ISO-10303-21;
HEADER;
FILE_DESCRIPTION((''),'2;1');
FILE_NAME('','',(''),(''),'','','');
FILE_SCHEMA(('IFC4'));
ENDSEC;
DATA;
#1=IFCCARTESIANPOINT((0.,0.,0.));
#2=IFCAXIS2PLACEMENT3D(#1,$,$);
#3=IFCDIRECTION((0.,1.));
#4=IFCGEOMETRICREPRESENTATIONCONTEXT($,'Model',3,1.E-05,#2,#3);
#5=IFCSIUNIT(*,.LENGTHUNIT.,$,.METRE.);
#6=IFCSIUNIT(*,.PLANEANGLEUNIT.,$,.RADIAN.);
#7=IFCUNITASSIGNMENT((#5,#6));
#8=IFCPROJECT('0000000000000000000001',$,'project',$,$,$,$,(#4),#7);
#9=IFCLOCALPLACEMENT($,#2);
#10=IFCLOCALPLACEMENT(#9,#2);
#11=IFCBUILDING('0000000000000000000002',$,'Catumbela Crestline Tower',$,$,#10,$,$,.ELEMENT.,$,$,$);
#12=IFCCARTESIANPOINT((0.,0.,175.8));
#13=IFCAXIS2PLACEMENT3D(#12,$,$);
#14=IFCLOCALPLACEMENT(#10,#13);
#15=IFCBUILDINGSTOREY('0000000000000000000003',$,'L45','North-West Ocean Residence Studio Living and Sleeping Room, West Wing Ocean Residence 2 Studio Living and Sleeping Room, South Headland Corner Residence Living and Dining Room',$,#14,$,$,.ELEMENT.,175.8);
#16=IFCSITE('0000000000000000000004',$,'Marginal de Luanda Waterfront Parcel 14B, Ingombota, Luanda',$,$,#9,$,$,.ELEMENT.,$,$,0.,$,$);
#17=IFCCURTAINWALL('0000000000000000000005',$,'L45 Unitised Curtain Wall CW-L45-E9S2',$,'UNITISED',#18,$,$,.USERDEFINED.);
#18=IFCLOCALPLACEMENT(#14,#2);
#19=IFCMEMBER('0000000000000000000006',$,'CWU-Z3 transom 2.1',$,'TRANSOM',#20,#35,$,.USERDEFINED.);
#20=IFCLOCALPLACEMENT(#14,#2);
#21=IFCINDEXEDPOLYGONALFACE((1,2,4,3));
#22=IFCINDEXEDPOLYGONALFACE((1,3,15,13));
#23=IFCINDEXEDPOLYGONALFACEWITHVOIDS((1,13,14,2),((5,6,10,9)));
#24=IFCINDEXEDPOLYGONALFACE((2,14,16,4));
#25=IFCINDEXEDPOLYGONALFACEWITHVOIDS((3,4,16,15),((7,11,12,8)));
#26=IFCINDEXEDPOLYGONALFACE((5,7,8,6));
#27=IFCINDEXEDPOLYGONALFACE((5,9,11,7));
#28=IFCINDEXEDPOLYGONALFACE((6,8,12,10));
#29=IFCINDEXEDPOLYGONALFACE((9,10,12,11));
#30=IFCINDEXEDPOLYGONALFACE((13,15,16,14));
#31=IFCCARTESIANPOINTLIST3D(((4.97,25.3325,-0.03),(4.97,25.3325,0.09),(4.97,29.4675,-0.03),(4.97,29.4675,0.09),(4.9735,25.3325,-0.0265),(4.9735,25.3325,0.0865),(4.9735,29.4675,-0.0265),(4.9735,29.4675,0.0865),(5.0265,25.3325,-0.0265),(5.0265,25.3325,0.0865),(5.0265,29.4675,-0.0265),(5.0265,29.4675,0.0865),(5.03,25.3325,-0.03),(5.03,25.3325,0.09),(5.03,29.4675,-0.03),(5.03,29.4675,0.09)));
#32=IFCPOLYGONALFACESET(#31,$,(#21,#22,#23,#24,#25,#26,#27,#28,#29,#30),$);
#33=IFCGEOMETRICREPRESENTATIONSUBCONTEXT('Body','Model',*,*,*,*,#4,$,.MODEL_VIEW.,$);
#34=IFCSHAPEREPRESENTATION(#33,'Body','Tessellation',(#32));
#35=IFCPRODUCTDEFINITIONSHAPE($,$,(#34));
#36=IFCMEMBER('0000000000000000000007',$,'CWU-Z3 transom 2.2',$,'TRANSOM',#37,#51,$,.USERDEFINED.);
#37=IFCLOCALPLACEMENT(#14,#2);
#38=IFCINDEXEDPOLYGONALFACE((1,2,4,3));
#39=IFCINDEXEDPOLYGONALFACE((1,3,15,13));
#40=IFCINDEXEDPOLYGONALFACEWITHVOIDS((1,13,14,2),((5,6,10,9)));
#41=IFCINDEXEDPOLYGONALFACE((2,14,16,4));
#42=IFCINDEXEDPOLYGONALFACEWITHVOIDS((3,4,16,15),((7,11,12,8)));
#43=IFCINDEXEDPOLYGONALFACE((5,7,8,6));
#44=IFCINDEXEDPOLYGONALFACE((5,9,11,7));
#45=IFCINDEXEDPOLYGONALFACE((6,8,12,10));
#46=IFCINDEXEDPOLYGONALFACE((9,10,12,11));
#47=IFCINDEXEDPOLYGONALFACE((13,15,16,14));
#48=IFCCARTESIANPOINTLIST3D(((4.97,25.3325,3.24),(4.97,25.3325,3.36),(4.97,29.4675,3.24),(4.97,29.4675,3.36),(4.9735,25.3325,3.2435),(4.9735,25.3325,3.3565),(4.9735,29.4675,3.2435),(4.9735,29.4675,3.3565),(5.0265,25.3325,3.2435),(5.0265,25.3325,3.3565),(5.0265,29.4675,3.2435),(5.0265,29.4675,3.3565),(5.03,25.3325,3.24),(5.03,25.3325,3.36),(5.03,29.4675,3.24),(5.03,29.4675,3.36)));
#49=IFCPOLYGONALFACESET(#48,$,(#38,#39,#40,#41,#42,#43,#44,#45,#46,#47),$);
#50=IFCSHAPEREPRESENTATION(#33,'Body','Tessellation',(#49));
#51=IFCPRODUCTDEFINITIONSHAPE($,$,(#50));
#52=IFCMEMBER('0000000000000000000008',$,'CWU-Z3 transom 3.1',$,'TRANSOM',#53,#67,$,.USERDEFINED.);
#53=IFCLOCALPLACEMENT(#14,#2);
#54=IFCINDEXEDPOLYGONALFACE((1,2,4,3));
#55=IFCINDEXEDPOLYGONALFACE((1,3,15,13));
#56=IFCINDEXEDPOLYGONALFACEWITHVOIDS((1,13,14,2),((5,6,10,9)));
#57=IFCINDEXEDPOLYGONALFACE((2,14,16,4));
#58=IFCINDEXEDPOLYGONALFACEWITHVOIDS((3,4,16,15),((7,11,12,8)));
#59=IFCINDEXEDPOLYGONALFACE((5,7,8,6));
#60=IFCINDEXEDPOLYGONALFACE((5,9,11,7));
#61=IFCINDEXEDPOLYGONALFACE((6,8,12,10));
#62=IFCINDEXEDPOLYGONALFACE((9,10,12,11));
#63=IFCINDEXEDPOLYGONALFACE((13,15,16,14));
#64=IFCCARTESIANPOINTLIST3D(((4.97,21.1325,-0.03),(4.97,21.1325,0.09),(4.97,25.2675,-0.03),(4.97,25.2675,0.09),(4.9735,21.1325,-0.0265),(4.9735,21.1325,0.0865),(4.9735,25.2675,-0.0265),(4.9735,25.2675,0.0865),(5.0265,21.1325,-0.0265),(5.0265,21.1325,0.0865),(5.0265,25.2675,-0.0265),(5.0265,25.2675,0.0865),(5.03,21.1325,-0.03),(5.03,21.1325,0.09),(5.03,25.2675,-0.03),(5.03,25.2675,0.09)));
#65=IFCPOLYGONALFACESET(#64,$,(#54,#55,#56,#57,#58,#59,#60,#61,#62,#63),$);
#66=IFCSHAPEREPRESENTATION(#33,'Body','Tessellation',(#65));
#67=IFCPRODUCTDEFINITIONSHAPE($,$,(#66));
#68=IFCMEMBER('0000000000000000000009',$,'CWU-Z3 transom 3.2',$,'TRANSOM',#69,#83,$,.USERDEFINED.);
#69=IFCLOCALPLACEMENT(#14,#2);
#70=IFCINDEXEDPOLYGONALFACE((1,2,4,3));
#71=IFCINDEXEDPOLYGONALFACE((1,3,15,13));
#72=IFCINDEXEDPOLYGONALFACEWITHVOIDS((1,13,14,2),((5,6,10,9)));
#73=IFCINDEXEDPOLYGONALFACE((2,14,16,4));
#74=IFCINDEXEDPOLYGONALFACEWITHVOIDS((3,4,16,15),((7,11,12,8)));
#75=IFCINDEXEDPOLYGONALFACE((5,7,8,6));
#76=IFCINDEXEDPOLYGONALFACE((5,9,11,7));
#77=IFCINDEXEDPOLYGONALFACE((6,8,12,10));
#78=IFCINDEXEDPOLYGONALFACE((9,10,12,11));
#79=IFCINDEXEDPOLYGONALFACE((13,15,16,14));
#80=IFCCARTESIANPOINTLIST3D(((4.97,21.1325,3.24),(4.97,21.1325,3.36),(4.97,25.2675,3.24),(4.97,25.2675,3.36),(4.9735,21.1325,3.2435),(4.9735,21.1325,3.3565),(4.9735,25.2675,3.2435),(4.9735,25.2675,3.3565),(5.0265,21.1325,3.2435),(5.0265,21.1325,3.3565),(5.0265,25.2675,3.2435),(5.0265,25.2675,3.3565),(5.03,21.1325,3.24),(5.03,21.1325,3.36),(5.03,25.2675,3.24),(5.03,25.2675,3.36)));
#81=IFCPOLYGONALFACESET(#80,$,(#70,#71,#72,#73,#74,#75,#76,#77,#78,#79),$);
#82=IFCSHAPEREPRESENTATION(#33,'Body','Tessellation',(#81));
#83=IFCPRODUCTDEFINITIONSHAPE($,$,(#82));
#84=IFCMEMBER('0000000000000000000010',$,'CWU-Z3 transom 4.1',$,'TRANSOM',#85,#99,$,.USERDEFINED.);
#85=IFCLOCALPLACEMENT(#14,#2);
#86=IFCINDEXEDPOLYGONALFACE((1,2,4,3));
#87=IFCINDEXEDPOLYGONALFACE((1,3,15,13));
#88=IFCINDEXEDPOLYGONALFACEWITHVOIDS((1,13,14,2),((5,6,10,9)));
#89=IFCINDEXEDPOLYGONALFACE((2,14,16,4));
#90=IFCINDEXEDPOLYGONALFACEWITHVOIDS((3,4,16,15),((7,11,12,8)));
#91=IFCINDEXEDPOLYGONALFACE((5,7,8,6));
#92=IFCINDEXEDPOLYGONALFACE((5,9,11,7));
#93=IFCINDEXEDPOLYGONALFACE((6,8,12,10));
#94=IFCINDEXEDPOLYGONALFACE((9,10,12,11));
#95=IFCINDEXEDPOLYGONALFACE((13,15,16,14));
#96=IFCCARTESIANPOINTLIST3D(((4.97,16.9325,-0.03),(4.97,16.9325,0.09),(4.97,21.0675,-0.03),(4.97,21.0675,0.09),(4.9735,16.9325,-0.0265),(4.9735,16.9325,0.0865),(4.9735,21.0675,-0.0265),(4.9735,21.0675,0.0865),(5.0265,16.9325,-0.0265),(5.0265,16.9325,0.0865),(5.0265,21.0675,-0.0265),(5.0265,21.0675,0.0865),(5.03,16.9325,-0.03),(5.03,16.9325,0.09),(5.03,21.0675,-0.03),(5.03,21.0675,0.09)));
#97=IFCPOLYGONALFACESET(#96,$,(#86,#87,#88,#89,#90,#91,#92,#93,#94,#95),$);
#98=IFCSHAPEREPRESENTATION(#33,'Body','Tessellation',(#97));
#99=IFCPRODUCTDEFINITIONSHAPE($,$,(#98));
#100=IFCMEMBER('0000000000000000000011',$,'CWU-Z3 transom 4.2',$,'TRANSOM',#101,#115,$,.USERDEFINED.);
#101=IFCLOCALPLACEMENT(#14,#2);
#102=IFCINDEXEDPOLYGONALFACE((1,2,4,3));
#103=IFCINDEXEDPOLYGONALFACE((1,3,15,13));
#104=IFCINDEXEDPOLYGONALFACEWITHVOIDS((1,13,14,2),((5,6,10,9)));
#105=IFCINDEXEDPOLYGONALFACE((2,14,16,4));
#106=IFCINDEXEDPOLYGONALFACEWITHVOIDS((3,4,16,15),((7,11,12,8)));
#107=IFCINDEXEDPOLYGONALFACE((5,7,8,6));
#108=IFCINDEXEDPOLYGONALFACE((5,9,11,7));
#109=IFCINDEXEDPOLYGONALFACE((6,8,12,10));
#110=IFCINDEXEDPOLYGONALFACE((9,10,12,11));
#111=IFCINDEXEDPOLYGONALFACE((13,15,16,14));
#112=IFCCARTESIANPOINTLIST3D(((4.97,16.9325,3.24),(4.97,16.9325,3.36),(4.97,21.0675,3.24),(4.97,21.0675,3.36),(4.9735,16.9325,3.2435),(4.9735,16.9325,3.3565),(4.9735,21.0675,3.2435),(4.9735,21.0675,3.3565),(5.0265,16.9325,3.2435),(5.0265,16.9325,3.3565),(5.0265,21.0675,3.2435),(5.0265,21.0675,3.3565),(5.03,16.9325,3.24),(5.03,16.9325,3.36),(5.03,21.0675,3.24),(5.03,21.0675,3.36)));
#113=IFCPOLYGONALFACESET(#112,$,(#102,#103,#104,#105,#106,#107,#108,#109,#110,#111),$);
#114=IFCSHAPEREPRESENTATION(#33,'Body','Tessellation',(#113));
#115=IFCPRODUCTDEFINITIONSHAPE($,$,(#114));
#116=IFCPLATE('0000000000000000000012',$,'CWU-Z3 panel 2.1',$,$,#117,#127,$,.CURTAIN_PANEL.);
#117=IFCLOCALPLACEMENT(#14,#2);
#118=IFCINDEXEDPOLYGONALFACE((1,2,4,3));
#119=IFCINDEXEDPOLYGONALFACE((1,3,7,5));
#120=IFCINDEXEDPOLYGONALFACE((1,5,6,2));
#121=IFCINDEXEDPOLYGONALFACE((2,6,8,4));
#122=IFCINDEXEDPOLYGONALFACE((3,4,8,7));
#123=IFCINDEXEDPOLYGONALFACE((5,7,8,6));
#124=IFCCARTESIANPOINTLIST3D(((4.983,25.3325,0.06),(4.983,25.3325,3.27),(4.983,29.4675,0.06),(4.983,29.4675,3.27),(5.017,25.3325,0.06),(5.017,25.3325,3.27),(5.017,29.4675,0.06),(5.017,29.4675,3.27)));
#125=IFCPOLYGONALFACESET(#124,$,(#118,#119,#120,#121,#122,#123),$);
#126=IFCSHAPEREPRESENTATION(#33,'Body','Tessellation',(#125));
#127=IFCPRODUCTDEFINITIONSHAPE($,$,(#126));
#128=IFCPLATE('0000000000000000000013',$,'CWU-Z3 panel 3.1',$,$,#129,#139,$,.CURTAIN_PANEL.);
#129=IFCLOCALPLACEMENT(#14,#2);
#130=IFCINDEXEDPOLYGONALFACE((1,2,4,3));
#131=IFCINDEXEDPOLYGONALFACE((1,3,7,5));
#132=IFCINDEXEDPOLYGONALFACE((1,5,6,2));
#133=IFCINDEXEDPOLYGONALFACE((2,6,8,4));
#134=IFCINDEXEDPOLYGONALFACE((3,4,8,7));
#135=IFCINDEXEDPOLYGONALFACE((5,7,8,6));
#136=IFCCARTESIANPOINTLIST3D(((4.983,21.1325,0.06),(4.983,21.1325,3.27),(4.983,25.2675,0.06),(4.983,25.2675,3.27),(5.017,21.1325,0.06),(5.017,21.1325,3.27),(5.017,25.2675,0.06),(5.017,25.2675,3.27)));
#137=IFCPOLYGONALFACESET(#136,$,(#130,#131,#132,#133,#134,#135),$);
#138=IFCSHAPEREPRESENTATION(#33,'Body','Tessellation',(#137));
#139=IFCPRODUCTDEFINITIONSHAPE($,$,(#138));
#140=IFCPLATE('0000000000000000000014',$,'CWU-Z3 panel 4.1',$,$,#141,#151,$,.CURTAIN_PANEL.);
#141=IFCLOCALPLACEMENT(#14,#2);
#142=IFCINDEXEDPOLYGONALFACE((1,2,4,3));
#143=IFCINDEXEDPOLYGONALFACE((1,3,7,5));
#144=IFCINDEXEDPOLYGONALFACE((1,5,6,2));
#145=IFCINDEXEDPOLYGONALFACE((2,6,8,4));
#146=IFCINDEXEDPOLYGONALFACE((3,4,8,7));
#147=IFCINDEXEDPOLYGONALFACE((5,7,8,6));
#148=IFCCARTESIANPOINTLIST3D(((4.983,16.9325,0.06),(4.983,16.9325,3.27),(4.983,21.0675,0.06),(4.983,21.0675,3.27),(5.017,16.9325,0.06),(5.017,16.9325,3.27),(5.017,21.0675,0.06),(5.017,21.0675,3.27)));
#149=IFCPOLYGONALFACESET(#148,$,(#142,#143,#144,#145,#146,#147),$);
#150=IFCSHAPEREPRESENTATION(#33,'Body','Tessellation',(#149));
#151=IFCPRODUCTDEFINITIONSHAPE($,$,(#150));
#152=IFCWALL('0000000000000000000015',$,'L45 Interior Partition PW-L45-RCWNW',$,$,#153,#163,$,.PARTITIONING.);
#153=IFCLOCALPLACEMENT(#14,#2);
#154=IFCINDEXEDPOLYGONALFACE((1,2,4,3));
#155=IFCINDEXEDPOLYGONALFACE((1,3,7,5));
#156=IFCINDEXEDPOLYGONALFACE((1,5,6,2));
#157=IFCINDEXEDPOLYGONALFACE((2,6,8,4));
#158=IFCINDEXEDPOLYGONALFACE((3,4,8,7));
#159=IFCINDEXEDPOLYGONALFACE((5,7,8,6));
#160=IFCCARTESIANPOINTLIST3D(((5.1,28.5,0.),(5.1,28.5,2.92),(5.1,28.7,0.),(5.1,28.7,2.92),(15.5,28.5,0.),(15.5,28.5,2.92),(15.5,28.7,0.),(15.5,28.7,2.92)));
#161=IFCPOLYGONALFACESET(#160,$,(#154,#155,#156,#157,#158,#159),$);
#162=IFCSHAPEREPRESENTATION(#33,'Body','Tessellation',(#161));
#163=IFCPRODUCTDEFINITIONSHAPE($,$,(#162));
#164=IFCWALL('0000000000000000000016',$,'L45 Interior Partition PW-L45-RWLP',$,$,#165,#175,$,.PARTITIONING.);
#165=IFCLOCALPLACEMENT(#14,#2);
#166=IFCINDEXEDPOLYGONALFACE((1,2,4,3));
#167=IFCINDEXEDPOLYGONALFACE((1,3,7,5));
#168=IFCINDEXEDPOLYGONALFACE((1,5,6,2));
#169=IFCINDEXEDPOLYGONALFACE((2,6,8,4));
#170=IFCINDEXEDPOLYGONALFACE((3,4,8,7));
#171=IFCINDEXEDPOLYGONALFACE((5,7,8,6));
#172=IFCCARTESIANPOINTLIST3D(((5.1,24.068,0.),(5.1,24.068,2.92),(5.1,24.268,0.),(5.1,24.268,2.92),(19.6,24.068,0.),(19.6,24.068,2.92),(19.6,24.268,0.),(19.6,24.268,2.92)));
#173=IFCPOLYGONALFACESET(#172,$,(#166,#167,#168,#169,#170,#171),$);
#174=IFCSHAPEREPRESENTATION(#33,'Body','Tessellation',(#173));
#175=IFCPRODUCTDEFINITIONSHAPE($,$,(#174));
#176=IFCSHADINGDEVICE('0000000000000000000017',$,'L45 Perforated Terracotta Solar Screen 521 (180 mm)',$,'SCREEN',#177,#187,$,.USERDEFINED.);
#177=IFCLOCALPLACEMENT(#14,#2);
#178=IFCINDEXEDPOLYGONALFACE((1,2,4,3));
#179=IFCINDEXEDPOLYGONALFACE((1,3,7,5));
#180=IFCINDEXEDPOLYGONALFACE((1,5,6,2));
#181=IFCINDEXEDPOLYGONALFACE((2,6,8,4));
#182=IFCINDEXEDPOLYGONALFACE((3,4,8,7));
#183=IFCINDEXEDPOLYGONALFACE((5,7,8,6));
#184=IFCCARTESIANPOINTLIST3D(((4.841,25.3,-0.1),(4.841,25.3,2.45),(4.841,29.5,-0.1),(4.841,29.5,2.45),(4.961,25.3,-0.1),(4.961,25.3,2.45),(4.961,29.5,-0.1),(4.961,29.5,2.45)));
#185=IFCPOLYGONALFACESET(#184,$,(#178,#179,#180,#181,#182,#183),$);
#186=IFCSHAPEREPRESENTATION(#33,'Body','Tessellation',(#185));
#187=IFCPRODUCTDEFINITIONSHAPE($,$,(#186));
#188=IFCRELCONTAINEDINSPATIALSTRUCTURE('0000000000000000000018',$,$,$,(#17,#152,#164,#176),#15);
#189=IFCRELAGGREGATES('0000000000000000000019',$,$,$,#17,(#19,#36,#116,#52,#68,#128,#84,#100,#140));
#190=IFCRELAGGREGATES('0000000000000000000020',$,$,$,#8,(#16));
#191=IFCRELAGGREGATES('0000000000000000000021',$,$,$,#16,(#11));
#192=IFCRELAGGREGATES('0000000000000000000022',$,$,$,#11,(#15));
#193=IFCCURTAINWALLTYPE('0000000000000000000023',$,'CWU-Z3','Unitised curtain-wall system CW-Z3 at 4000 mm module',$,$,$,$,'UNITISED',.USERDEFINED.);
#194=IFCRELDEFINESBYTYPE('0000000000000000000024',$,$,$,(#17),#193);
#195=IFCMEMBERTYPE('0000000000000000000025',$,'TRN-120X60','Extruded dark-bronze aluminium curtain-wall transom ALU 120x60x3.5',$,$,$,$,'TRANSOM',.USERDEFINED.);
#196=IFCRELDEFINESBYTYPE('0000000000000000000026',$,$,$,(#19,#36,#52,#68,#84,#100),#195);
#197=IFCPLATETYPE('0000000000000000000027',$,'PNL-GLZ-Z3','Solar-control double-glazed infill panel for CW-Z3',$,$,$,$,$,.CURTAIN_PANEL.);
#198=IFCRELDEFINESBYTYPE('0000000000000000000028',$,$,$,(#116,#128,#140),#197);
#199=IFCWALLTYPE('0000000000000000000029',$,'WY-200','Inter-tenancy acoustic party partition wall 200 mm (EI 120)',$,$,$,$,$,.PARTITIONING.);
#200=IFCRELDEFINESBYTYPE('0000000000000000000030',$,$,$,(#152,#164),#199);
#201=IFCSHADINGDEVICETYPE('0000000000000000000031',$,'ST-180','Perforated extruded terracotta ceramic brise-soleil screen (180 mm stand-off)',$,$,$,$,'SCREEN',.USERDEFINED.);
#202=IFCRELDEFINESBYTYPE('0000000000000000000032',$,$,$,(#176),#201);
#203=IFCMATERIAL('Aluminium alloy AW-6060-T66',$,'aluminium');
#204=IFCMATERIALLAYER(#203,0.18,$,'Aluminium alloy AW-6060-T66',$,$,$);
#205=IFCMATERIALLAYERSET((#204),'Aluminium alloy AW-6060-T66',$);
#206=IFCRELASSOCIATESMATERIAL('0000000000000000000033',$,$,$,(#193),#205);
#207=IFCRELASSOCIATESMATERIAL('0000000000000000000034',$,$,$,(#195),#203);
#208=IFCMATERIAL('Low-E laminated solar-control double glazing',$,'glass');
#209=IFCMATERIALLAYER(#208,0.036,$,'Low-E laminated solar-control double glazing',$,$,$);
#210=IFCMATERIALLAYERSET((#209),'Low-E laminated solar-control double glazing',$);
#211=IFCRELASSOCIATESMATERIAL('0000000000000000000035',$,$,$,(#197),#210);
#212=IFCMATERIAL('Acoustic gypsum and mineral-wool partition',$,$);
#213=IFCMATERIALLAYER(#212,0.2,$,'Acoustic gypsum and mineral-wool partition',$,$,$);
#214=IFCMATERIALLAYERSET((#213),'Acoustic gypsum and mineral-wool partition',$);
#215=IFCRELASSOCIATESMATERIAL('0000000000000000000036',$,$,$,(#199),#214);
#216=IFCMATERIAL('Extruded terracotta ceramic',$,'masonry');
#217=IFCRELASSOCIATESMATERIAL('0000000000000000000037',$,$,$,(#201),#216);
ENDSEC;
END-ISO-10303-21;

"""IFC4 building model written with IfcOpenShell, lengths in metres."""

from ifc_helpers import new_model, si_unit, direction, frame, frame_2d, origin, origin_2d, place, context, subcontext, project, spatial, rectangle, hollow_rectangle, extrude, material, layer, layer_set, material_profile, profile_set, type_object, element, aggregate, save


model = new_model("IFC4")

# Units and contexts
model_context = context("Model", 3, precision=1e-05, world=origin(), true_north=direction((0.0, 1.0)))
body_context = subcontext(model_context, "Body", "Model", "MODEL_VIEW")
ifc_project = project(units=[si_unit("LENGTHUNIT", "METRE"), si_unit("PLANEANGLEUNIT", "RADIAN")], contexts=[model_context])

# Site, building, storey
site_placement = place(None, origin())
site = spatial("IfcSite", under=ifc_project, at=site_placement, Name="Marginal de Luanda Waterfront Parcel 14B, Ingombota, Luanda", CompositionType="ELEMENT", RefElevation=0.0)
building_placement = place(site_placement, origin())
building = spatial("IfcBuilding", under=site, at=building_placement, Name="Catumbela Crestline Tower", CompositionType="ELEMENT")
storey_placement = place(building_placement, frame((0.0, 0.0, 175.8)))
storey = spatial("IfcBuildingStorey", under=building, at=storey_placement, Name="L45", Description="North-West Ocean Residence Studio Living and Sleeping Room, West Wing Ocean Residence 2 Studio Living and Sleeping Room, South Headland Corner Residence Living and Dining Room", CompositionType="ELEMENT", Elevation=175.8)

# Curtain wall
ifc_material_1 = material(Name="Aluminium alloy AW-6060-T66", Category="aluminium")
ifc_layer_1 = layer(ifc_material_1, 0.18, Name="Aluminium alloy AW-6060-T66")
ifc_layer_set_1 = layer_set([ifc_layer_1], Name="Aluminium alloy AW-6060-T66")
curtain_wall_type = type_object("IfcCurtainWallType", Name="CWU-Z3", Description="Unitised curtain-wall system CW-Z3 at 4000 mm module", ElementType="UNITISED", PredefinedType="USERDEFINED", material=ifc_layer_set_1)
curtain_wall_placement = place(storey_placement, origin())
curtain_wall = element("IfcCurtainWall", 1, at=curtain_wall_placement, inside=storey, type_object=curtain_wall_type, Name="L45 Unitised Curtain Wall CW-L45-E9S2", ObjectType="UNITISED", PredefinedType="USERDEFINED")

# Members
ifc_material_profile_1 = material_profile(ifc_material_1, hollow_rectangle(XDim=0.06, YDim=0.12, WallThickness=0.0035, at=origin_2d()), Name="ALU 120x60x3.5")
ifc_profile_set_1 = profile_set([ifc_material_profile_1], Name="Aluminium alloy AW-6060-T66")
member_type_1 = type_object("IfcMemberType", Name="TRN-120X60", Description="Extruded dark-bronze aluminium curtain-wall transom ALU 120x60x3.5", ElementType="TRANSOM", PredefinedType="USERDEFINED", material=ifc_profile_set_1)
member_1_placement = place(storey_placement, frame((5.0, 29.4675, 0.03), z_axis=(0.0, -1.0, 0.0), x_axis=(1.0, 0.0, 0.0)))
member_1 = element("IfcMember", 2, at=member_1_placement, type_object=member_type_1, Name="CWU-Z3 transom 2.1", ObjectType="TRANSOM", PredefinedType="USERDEFINED", context=body_context, shape_type="SweptSolid", body=[
    extrude(hollow_rectangle(XDim=0.06, YDim=0.12, WallThickness=0.0035, at=origin_2d()), origin(), (0.0, 0.0, 1.0), 4.135),
])
member_2_placement = place(storey_placement, frame((5.0, 29.4675, 3.3), z_axis=(0.0, -1.0, 0.0), x_axis=(1.0, 0.0, 0.0)))
member_2 = element("IfcMember", 3, at=member_2_placement, type_object=member_type_1, Name="CWU-Z3 transom 2.2", ObjectType="TRANSOM", PredefinedType="USERDEFINED", context=body_context, shape_type="SweptSolid", body=[
    extrude(hollow_rectangle(XDim=0.06, YDim=0.12, WallThickness=0.0035, at=origin_2d()), origin(), (0.0, 0.0, 1.0), 4.135),
])
member_3_placement = place(storey_placement, frame((5.0, 25.2675, 0.03), z_axis=(0.0, -1.0, 0.0), x_axis=(1.0, 0.0, 0.0)))
member_3 = element("IfcMember", 4, at=member_3_placement, type_object=member_type_1, Name="CWU-Z3 transom 3.1", ObjectType="TRANSOM", PredefinedType="USERDEFINED", context=body_context, shape_type="SweptSolid", body=[
    extrude(hollow_rectangle(XDim=0.06, YDim=0.12, WallThickness=0.0035, at=origin_2d()), origin(), (0.0, 0.0, 1.0), 4.135),
])
member_4_placement = place(storey_placement, frame((5.0, 25.2675, 3.3), z_axis=(0.0, -1.0, 0.0), x_axis=(1.0, 0.0, 0.0)))
member_4 = element("IfcMember", 5, at=member_4_placement, type_object=member_type_1, Name="CWU-Z3 transom 3.2", ObjectType="TRANSOM", PredefinedType="USERDEFINED", context=body_context, shape_type="SweptSolid", body=[
    extrude(hollow_rectangle(XDim=0.06, YDim=0.12, WallThickness=0.0035, at=origin_2d()), origin(), (0.0, 0.0, 1.0), 4.135),
])
member_5_placement = place(storey_placement, frame((5.0, 21.0675, 0.03), z_axis=(0.0, -1.0, 0.0), x_axis=(1.0, 0.0, 0.0)))
member_5 = element("IfcMember", 6, at=member_5_placement, type_object=member_type_1, Name="CWU-Z3 transom 4.1", ObjectType="TRANSOM", PredefinedType="USERDEFINED", context=body_context, shape_type="SweptSolid", body=[
    extrude(hollow_rectangle(XDim=0.06, YDim=0.12, WallThickness=0.0035, at=origin_2d()), origin(), (0.0, 0.0, 1.0), 4.135),
])
member_6_placement = place(storey_placement, frame((5.0, 21.0675, 3.3), z_axis=(0.0, -1.0, 0.0), x_axis=(1.0, 0.0, 0.0)))
member_6 = element("IfcMember", 7, at=member_6_placement, type_object=member_type_1, Name="CWU-Z3 transom 4.2", ObjectType="TRANSOM", PredefinedType="USERDEFINED", context=body_context, shape_type="SweptSolid", body=[
    extrude(hollow_rectangle(XDim=0.06, YDim=0.12, WallThickness=0.0035, at=origin_2d()), origin(), (0.0, 0.0, 1.0), 4.135),
])

# Plates
ifc_material_2 = material(Name="Low-E laminated solar-control double glazing", Category="glass")
ifc_layer_2 = layer(ifc_material_2, 0.036, Name="Low-E laminated solar-control double glazing")
ifc_layer_set_2 = layer_set([ifc_layer_2], Name="Low-E laminated solar-control double glazing")
plate_type = type_object("IfcPlateType", Name="PNL-GLZ-Z3", Description="Solar-control double-glazed infill panel for CW-Z3", PredefinedType="CURTAIN_PANEL", material=ifc_layer_set_2)
plate_1_placement = place(storey_placement, frame((5.0, 27.4, 0.06), z_axis=(0.0, 0.0, 1.0), x_axis=(0.0, -1.0, 0.0)))
plate_1 = element("IfcPlate", 8, at=plate_1_placement, type_object=plate_type, Name="CWU-Z3 panel 2.1", PredefinedType="CURTAIN_PANEL", context=body_context, shape_type="SweptSolid", body=[
    extrude(rectangle(XDim=4.135, YDim=0.034, at=origin_2d()), origin(), (0.0, 0.0, 1.0), 3.21),
])
plate_2_placement = place(storey_placement, frame((5.0, 23.2, 0.06), z_axis=(0.0, 0.0, 1.0), x_axis=(0.0, -1.0, 0.0)))
plate_2 = element("IfcPlate", 9, at=plate_2_placement, type_object=plate_type, Name="CWU-Z3 panel 3.1", PredefinedType="CURTAIN_PANEL", context=body_context, shape_type="SweptSolid", body=[
    extrude(rectangle(XDim=4.135, YDim=0.034, at=origin_2d()), origin(), (0.0, 0.0, 1.0), 3.21),
])
plate_3_placement = place(storey_placement, frame((5.0, 19.0, 0.06), z_axis=(0.0, 0.0, 1.0), x_axis=(0.0, -1.0, 0.0)))
plate_3 = element("IfcPlate", 10, at=plate_3_placement, type_object=plate_type, Name="CWU-Z3 panel 4.1", PredefinedType="CURTAIN_PANEL", context=body_context, shape_type="SweptSolid", body=[
    extrude(rectangle(XDim=4.135, YDim=0.034, at=origin_2d()), origin(), (0.0, 0.0, 1.0), 3.21),
])
aggregate(curtain_wall, [member_1, member_2, plate_1, member_3, member_4, plate_2, member_5, member_6, plate_3])

# Walls
ifc_material_3 = material(Name="Acoustic gypsum and mineral-wool partition")
ifc_layer_3 = layer(ifc_material_3, 0.2, Name="Acoustic gypsum and mineral-wool partition")
ifc_layer_set_3 = layer_set([ifc_layer_3], Name="Acoustic gypsum and mineral-wool partition")
wall_type = type_object("IfcWallType", Name="WY-200", Description="Inter-tenancy acoustic party partition wall 200 mm (EI 120)", PredefinedType="PARTITIONING", material=ifc_layer_set_3)
wall_1_placement = place(storey_placement, frame((5.1, 28.6, 0.0), z_axis=(0.0, 0.0, 1.0), x_axis=(1.0, 0.0, 0.0)))
element("IfcWall", 11, at=wall_1_placement, inside=storey, type_object=wall_type, Name="L45 Interior Partition PW-L45-RCWNW", PredefinedType="PARTITIONING", context=body_context, shape_type="SweptSolid", body=[
    extrude(rectangle(XDim=10.4, YDim=0.2, at=frame_2d((5.2, 0.0))), origin(), (0.0, 0.0, 1.0), 2.92),
])
wall_2_placement = place(storey_placement, frame((5.1, 24.168, 0.0), z_axis=(0.0, 0.0, 1.0), x_axis=(1.0, 0.0, 0.0)))
element("IfcWall", 12, at=wall_2_placement, inside=storey, type_object=wall_type, Name="L45 Interior Partition PW-L45-RWLP", PredefinedType="PARTITIONING", context=body_context, shape_type="SweptSolid", body=[
    extrude(rectangle(XDim=14.5, YDim=0.2, at=frame_2d((7.25, 0.0))), origin(), (0.0, 0.0, 1.0), 2.92),
])

# Shading device
ifc_material_4 = material(Name="Extruded terracotta ceramic", Category="masonry")
shading_device_type = type_object("IfcShadingDeviceType", Name="ST-180", Description="Perforated extruded terracotta ceramic brise-soleil screen (180 mm stand-off)", ElementType="SCREEN", PredefinedType="USERDEFINED", material=ifc_material_4)
shading_device_placement = place(storey_placement, frame((4.901, 27.4, -0.1), z_axis=(0.0, 0.0, 1.0), x_axis=(0.0, -1.0, 0.0)))
element("IfcShadingDevice", 13, at=shading_device_placement, inside=storey, type_object=shading_device_type, Name="L45 Perforated Terracotta Solar Screen 521 (180 mm)", ObjectType="SCREEN", PredefinedType="USERDEFINED", context=body_context, shape_type="SweptSolid", body=[
    extrude(rectangle(XDim=4.2, YDim=0.12, at=origin_2d()), origin(), (0.0, 0.0, 1.0), 2.55),
])

save(model, "model.ifc")
